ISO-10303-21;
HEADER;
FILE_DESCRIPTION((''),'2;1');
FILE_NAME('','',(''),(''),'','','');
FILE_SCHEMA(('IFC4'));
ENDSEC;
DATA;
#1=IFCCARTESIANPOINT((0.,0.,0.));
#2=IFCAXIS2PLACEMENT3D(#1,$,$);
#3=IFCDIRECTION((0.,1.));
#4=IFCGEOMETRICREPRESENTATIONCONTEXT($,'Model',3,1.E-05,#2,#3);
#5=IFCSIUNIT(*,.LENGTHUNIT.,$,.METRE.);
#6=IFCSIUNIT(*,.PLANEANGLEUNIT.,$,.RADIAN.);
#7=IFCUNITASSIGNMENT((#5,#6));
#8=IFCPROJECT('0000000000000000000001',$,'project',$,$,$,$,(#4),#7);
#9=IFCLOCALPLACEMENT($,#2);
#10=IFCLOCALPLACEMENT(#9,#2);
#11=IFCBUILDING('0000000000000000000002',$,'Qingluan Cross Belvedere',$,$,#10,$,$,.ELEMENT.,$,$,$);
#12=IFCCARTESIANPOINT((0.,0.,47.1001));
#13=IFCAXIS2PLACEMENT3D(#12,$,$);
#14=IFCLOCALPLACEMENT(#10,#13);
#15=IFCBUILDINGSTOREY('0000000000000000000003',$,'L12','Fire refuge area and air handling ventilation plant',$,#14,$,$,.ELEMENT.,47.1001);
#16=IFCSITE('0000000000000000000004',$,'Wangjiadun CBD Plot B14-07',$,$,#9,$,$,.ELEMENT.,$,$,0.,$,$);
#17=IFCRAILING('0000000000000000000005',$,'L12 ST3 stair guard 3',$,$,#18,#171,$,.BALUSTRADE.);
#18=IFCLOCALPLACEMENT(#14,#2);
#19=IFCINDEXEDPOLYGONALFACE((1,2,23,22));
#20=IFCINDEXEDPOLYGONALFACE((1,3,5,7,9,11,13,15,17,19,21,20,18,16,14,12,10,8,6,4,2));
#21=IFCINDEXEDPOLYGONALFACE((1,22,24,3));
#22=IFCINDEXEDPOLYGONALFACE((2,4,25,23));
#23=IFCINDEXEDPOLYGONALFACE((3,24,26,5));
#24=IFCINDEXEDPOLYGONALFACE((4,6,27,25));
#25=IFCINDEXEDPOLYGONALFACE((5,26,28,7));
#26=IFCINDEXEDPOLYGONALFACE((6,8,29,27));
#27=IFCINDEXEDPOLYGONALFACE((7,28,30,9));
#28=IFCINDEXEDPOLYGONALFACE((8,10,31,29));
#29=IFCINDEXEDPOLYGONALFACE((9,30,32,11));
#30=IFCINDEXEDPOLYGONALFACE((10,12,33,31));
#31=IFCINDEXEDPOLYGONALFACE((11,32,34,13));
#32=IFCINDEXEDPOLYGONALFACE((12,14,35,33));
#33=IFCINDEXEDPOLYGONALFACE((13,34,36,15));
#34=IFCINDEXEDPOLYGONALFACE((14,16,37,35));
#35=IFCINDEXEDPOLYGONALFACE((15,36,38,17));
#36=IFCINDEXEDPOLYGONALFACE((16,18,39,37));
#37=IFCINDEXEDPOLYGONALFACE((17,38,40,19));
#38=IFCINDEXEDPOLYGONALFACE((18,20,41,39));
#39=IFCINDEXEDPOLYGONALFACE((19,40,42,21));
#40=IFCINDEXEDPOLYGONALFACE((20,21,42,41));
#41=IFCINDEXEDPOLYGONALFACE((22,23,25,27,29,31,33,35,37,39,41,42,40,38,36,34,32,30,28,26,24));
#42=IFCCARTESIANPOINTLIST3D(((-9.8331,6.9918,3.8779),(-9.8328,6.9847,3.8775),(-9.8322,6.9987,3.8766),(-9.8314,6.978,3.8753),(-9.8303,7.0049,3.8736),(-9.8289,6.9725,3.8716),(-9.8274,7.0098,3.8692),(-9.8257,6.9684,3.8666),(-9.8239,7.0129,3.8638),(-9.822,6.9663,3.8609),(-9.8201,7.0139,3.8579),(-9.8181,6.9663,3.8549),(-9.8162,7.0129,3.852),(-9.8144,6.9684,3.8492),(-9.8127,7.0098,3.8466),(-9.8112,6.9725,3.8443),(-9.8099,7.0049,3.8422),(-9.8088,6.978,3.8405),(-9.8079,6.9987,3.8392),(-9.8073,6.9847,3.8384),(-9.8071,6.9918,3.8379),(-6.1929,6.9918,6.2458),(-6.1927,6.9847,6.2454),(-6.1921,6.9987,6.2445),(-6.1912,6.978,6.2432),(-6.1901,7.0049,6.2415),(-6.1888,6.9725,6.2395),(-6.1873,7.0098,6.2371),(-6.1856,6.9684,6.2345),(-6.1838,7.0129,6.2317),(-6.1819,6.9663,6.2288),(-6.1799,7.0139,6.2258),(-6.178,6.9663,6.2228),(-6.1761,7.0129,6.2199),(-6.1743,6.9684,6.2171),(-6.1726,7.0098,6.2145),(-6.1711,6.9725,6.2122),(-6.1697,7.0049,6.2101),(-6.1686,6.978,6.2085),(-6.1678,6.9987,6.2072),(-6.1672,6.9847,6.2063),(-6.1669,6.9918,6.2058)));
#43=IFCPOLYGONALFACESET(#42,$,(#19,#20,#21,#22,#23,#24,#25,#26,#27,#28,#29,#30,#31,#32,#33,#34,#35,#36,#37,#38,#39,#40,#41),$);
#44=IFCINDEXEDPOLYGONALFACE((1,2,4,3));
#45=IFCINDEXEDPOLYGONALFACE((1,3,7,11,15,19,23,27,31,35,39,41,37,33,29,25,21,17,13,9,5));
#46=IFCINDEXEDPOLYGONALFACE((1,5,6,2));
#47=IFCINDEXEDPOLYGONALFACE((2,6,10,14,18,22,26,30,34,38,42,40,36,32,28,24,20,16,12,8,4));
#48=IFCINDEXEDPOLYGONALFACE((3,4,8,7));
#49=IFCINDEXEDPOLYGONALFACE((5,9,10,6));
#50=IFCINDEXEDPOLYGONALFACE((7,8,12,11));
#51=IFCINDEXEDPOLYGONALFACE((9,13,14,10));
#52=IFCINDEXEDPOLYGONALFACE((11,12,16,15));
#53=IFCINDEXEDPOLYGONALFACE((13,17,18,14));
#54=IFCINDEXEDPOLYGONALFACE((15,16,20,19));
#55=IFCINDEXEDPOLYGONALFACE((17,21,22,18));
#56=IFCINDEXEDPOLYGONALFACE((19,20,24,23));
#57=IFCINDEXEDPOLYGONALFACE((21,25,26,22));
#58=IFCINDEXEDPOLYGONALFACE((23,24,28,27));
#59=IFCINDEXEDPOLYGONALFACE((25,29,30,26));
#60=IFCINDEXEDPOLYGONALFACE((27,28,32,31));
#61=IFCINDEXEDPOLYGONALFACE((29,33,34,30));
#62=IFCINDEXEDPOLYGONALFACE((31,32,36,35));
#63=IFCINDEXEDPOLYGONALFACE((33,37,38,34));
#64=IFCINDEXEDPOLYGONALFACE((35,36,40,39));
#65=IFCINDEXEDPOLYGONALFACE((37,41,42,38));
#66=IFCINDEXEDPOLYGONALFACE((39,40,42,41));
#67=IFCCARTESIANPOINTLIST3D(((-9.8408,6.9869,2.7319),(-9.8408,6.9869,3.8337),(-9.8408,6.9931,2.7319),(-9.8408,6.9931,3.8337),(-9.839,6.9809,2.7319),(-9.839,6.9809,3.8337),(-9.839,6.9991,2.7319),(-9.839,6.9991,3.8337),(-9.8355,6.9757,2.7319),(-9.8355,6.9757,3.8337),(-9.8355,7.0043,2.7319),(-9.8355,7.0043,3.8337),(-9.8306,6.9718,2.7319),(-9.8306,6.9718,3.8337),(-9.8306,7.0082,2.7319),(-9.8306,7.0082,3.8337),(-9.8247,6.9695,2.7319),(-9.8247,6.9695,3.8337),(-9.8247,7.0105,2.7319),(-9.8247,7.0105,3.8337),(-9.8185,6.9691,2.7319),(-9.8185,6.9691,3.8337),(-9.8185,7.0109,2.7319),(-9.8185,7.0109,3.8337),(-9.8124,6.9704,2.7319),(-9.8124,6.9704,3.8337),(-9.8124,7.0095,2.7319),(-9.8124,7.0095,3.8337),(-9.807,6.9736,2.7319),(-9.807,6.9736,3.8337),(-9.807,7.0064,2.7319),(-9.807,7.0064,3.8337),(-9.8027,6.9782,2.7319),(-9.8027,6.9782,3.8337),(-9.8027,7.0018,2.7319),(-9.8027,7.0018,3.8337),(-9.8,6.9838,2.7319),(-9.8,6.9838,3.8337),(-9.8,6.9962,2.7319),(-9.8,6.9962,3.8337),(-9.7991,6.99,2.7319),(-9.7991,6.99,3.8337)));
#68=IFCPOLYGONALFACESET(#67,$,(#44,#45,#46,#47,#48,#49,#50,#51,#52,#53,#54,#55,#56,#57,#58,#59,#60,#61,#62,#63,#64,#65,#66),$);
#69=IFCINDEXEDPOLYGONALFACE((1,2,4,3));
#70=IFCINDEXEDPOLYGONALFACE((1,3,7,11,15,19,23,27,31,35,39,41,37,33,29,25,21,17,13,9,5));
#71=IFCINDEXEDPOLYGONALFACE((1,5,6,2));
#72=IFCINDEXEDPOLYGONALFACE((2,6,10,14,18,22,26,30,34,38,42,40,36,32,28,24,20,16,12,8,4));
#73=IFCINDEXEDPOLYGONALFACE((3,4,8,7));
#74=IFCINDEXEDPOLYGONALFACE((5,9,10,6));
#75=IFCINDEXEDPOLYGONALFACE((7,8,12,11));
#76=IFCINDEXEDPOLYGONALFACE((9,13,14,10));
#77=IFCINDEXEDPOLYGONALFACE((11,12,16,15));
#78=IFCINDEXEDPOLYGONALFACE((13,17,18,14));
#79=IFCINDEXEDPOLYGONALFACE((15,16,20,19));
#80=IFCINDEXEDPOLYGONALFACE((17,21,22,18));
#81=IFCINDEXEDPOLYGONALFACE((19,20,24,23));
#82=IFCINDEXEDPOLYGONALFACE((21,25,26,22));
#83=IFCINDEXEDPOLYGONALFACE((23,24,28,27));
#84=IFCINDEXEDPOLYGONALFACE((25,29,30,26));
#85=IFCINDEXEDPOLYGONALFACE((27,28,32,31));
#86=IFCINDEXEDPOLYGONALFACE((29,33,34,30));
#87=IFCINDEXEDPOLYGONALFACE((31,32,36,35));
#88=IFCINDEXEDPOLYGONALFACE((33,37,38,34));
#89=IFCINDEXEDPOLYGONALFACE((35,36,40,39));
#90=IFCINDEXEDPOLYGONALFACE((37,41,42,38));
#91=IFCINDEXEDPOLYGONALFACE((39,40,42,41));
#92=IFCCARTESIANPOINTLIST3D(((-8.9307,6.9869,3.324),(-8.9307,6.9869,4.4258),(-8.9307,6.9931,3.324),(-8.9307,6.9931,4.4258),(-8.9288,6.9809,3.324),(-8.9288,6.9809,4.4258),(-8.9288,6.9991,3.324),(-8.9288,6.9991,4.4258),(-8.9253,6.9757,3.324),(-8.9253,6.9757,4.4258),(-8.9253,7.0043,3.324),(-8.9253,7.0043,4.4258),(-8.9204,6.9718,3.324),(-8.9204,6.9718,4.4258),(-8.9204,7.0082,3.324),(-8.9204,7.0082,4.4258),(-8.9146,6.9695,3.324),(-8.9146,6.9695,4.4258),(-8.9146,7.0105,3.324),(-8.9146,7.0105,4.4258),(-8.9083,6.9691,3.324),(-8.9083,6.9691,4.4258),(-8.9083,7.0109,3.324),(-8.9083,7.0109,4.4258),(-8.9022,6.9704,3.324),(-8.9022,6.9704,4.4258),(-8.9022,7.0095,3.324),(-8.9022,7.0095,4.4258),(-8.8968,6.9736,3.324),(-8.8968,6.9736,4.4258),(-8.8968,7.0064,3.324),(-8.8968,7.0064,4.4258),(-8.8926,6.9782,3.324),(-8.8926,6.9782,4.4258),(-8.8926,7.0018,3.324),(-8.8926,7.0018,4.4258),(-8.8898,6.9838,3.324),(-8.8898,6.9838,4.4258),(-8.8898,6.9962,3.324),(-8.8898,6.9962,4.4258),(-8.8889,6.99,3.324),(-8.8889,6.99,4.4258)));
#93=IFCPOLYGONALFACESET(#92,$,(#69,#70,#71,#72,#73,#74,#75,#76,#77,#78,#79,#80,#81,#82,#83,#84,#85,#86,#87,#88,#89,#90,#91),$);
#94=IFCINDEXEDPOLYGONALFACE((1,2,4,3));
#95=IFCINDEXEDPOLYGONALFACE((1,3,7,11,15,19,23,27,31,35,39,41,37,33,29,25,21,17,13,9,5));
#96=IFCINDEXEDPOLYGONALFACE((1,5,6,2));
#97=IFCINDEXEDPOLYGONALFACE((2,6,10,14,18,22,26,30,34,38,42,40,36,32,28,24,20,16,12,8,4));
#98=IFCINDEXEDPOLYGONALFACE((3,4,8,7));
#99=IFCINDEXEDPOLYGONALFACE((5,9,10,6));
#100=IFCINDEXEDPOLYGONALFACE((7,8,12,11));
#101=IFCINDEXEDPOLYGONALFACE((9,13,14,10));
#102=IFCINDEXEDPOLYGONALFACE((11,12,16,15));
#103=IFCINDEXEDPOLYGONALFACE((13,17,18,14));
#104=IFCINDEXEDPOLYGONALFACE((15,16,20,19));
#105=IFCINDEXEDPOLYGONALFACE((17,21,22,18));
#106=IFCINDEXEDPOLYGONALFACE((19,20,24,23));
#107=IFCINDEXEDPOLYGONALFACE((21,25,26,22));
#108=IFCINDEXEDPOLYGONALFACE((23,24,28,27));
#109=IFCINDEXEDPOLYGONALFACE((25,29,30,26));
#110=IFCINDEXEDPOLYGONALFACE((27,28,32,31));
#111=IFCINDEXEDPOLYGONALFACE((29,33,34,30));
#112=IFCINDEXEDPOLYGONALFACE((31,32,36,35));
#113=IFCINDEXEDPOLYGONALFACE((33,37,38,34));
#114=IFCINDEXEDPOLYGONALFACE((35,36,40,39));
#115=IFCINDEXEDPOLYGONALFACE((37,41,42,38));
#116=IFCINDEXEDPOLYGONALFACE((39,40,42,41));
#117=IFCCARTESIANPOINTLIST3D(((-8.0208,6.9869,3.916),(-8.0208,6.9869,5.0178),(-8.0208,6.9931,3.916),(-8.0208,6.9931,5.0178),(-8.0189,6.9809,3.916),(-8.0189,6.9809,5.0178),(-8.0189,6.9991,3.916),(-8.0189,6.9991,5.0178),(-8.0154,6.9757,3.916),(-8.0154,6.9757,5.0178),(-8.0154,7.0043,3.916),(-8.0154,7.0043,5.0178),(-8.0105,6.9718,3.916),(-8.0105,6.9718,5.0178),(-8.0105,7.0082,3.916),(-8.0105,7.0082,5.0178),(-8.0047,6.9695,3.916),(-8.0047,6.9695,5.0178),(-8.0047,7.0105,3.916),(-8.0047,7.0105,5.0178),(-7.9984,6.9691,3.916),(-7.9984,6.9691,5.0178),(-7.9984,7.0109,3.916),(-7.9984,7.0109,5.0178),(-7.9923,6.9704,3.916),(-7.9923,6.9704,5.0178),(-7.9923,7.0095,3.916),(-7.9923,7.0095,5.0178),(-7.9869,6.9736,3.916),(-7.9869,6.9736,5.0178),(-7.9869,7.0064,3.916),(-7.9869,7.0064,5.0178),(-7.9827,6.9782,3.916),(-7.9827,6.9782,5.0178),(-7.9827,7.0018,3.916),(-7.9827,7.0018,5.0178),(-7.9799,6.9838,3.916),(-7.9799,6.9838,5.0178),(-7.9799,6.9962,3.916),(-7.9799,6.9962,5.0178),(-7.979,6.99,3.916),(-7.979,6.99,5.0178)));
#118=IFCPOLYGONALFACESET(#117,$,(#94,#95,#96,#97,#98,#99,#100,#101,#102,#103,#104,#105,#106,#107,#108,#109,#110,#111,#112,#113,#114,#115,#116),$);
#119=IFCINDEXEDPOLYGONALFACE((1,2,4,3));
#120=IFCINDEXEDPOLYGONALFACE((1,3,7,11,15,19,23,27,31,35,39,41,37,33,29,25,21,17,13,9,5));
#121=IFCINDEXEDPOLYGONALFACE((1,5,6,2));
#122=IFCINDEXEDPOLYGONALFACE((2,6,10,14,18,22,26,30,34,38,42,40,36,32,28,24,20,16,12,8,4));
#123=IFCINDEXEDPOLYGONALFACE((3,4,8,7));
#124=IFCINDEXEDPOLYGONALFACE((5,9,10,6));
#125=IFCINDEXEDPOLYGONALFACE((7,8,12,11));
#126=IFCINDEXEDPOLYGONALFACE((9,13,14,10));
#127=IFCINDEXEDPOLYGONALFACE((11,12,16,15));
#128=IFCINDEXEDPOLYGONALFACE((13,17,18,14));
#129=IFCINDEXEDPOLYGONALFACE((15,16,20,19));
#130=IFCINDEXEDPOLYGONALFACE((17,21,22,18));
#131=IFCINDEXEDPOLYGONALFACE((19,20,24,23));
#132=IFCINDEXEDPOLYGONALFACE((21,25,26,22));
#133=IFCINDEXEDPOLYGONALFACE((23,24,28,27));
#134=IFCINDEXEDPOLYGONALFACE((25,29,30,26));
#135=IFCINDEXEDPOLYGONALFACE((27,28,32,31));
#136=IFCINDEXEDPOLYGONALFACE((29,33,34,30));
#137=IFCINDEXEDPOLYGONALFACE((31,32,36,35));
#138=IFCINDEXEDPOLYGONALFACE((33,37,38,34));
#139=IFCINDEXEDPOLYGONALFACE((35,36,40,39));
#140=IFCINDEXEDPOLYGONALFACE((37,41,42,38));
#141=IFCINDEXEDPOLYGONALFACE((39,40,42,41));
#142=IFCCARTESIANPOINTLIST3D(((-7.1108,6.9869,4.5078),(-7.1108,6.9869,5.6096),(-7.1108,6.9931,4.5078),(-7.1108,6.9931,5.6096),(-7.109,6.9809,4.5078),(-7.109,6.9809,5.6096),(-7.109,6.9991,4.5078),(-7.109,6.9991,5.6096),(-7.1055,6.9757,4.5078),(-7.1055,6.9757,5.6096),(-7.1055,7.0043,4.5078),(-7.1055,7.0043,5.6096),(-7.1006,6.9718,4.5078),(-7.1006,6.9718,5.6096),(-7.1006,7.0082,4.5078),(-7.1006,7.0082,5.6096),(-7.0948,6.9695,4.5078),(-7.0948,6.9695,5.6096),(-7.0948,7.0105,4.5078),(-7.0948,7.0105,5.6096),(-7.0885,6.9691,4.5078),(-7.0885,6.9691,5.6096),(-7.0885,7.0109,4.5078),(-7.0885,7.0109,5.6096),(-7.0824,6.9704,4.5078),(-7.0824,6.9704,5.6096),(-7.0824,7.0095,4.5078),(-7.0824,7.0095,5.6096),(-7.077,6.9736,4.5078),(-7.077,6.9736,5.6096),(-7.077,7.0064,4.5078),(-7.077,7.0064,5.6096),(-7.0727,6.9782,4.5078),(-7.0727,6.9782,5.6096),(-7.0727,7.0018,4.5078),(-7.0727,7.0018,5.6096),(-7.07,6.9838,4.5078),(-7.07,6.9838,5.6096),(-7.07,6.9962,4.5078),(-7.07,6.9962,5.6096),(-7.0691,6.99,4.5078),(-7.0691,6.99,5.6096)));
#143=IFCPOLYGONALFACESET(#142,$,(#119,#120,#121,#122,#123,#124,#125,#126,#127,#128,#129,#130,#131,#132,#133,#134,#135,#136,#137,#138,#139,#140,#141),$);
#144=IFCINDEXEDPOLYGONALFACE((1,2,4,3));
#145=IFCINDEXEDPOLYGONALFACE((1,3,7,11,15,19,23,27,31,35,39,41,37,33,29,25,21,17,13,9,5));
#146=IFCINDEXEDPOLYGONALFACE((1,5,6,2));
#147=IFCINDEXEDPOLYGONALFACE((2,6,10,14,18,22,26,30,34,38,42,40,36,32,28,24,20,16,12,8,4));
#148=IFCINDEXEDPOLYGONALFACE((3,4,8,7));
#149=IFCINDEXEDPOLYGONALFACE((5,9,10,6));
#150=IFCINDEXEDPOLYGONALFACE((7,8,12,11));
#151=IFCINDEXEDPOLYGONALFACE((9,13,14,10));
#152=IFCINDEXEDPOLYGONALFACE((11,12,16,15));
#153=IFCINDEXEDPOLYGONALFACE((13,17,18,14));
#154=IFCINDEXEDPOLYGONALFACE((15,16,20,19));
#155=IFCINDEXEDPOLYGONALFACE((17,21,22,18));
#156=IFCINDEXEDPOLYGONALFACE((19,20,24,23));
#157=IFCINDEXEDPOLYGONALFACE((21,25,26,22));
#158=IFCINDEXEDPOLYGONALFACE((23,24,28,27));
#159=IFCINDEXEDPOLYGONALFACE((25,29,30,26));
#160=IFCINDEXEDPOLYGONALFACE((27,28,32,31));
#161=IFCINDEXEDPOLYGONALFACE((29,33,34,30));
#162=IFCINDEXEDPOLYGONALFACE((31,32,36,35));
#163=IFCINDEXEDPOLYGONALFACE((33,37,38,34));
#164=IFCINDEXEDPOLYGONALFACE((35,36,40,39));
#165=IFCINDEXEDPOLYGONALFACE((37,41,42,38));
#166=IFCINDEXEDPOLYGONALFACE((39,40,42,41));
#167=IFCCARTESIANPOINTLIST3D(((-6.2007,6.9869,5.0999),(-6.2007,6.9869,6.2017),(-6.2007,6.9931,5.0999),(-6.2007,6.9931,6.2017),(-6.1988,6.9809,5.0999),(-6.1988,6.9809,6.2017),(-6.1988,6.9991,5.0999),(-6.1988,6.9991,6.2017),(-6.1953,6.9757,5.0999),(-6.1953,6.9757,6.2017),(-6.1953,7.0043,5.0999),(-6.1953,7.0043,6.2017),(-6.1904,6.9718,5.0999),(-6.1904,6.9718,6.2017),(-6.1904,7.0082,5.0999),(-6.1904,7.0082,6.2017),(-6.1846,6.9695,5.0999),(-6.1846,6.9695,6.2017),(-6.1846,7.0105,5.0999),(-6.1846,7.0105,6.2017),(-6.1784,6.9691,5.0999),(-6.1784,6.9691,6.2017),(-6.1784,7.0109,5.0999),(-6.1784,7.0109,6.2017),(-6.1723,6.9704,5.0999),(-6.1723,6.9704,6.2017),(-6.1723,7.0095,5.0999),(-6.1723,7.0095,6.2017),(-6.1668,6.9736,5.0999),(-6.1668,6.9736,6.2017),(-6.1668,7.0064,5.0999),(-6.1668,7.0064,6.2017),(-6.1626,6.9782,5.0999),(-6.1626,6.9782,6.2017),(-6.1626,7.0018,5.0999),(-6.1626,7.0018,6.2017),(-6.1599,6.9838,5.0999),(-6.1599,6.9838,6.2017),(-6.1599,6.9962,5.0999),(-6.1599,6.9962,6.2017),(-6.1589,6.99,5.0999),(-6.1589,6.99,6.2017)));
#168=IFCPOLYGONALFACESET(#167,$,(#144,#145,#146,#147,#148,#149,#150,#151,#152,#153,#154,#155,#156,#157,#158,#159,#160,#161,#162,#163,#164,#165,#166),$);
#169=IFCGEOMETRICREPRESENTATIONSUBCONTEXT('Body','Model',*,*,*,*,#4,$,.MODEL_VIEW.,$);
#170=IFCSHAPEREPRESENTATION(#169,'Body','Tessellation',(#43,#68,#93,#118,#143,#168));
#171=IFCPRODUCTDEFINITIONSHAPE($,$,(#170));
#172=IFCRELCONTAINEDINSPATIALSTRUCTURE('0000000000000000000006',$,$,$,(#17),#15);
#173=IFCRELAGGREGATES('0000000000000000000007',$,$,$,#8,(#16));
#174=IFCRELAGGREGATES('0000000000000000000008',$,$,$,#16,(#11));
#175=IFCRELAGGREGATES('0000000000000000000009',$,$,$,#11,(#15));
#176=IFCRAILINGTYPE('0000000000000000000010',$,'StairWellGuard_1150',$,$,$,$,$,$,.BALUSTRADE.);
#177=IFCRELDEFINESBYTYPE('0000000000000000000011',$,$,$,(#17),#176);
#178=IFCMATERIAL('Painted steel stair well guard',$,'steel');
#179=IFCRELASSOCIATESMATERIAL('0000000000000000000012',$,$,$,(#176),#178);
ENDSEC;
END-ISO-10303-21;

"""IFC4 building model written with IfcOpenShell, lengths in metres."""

from ifc_helpers import new_model, si_unit, direction, frame, origin, origin_2d, place, context, subcontext, project, spatial, circle, extrude, material, type_object, element, save


model = new_model("IFC4")

# Units and contexts
model_context = context("Model", 3, precision=1e-05, world=origin(), true_north=direction((0.0, 1.0)))
body_context = subcontext(model_context, "Body", "Model", "MODEL_VIEW")
ifc_project = project(units=[si_unit("LENGTHUNIT", "METRE"), si_unit("PLANEANGLEUNIT", "RADIAN")], contexts=[model_context])

# Site, building, storey
site_placement = place(None, origin())
site = spatial("IfcSite", under=ifc_project, at=site_placement, Name="Wangjiadun CBD Plot B14-07", CompositionType="ELEMENT", RefElevation=0.0)
building_placement = place(site_placement, origin())
building = spatial("IfcBuilding", under=site, at=building_placement, Name="Qingluan Cross Belvedere", CompositionType="ELEMENT")
storey_placement = place(building_placement, frame((0.0, 0.0, 47.1001)))
storey = spatial("IfcBuildingStorey", under=building, at=storey_placement, Name="L12", Description="Fire refuge area and air handling ventilation plant", CompositionType="ELEMENT", Elevation=47.1001)

# Railing
ifc_material_1 = material(Name="Painted steel stair well guard", Category="steel")
railing_type_1 = type_object("IfcRailingType", Name="StairWellGuard_1150", PredefinedType="BALUSTRADE", material=ifc_material_1)
railing_1_placement = place(storey_placement, frame((-9.8201, 6.99, 2.7319)))
element("IfcRailing", 1, at=railing_1_placement, inside=storey, type_object=railing_type_1, Name="L12 ST3 stair guard 3", PredefinedType="BALUSTRADE", context=body_context, shape_type="SweptSolid", body=[
    extrude(circle(Radius=0.0239, at=origin_2d()), frame((0.0, 0.0, 1.126), z_axis=(0.838251, 0.0, 0.545285), x_axis=(0.0, 1.0, 0.0)), (0.0, 0.0, 1.0), 4.3425),
    extrude(circle(Radius=0.021, at=origin_2d()), origin(), (0.0, 0.0, 1.0), 1.1018),
    extrude(circle(Radius=0.021, at=origin_2d()), frame((0.9102, 0.0, 0.592)), (0.0, 0.0, 1.0), 1.1018),
    extrude(circle(Radius=0.021, at=origin_2d()), frame((1.8201, 0.0, 1.1841)), (0.0, 0.0, 1.0), 1.1018),
    extrude(circle(Radius=0.021, at=origin_2d()), frame((2.73, 0.0, 1.7759)), (0.0, 0.0, 1.0), 1.1018),
    extrude(circle(Radius=0.021, at=origin_2d()), frame((3.6401, 0.0, 2.3679)), (0.0, 0.0, 1.0), 1.1018),
])

save(model, "model.ifc")
